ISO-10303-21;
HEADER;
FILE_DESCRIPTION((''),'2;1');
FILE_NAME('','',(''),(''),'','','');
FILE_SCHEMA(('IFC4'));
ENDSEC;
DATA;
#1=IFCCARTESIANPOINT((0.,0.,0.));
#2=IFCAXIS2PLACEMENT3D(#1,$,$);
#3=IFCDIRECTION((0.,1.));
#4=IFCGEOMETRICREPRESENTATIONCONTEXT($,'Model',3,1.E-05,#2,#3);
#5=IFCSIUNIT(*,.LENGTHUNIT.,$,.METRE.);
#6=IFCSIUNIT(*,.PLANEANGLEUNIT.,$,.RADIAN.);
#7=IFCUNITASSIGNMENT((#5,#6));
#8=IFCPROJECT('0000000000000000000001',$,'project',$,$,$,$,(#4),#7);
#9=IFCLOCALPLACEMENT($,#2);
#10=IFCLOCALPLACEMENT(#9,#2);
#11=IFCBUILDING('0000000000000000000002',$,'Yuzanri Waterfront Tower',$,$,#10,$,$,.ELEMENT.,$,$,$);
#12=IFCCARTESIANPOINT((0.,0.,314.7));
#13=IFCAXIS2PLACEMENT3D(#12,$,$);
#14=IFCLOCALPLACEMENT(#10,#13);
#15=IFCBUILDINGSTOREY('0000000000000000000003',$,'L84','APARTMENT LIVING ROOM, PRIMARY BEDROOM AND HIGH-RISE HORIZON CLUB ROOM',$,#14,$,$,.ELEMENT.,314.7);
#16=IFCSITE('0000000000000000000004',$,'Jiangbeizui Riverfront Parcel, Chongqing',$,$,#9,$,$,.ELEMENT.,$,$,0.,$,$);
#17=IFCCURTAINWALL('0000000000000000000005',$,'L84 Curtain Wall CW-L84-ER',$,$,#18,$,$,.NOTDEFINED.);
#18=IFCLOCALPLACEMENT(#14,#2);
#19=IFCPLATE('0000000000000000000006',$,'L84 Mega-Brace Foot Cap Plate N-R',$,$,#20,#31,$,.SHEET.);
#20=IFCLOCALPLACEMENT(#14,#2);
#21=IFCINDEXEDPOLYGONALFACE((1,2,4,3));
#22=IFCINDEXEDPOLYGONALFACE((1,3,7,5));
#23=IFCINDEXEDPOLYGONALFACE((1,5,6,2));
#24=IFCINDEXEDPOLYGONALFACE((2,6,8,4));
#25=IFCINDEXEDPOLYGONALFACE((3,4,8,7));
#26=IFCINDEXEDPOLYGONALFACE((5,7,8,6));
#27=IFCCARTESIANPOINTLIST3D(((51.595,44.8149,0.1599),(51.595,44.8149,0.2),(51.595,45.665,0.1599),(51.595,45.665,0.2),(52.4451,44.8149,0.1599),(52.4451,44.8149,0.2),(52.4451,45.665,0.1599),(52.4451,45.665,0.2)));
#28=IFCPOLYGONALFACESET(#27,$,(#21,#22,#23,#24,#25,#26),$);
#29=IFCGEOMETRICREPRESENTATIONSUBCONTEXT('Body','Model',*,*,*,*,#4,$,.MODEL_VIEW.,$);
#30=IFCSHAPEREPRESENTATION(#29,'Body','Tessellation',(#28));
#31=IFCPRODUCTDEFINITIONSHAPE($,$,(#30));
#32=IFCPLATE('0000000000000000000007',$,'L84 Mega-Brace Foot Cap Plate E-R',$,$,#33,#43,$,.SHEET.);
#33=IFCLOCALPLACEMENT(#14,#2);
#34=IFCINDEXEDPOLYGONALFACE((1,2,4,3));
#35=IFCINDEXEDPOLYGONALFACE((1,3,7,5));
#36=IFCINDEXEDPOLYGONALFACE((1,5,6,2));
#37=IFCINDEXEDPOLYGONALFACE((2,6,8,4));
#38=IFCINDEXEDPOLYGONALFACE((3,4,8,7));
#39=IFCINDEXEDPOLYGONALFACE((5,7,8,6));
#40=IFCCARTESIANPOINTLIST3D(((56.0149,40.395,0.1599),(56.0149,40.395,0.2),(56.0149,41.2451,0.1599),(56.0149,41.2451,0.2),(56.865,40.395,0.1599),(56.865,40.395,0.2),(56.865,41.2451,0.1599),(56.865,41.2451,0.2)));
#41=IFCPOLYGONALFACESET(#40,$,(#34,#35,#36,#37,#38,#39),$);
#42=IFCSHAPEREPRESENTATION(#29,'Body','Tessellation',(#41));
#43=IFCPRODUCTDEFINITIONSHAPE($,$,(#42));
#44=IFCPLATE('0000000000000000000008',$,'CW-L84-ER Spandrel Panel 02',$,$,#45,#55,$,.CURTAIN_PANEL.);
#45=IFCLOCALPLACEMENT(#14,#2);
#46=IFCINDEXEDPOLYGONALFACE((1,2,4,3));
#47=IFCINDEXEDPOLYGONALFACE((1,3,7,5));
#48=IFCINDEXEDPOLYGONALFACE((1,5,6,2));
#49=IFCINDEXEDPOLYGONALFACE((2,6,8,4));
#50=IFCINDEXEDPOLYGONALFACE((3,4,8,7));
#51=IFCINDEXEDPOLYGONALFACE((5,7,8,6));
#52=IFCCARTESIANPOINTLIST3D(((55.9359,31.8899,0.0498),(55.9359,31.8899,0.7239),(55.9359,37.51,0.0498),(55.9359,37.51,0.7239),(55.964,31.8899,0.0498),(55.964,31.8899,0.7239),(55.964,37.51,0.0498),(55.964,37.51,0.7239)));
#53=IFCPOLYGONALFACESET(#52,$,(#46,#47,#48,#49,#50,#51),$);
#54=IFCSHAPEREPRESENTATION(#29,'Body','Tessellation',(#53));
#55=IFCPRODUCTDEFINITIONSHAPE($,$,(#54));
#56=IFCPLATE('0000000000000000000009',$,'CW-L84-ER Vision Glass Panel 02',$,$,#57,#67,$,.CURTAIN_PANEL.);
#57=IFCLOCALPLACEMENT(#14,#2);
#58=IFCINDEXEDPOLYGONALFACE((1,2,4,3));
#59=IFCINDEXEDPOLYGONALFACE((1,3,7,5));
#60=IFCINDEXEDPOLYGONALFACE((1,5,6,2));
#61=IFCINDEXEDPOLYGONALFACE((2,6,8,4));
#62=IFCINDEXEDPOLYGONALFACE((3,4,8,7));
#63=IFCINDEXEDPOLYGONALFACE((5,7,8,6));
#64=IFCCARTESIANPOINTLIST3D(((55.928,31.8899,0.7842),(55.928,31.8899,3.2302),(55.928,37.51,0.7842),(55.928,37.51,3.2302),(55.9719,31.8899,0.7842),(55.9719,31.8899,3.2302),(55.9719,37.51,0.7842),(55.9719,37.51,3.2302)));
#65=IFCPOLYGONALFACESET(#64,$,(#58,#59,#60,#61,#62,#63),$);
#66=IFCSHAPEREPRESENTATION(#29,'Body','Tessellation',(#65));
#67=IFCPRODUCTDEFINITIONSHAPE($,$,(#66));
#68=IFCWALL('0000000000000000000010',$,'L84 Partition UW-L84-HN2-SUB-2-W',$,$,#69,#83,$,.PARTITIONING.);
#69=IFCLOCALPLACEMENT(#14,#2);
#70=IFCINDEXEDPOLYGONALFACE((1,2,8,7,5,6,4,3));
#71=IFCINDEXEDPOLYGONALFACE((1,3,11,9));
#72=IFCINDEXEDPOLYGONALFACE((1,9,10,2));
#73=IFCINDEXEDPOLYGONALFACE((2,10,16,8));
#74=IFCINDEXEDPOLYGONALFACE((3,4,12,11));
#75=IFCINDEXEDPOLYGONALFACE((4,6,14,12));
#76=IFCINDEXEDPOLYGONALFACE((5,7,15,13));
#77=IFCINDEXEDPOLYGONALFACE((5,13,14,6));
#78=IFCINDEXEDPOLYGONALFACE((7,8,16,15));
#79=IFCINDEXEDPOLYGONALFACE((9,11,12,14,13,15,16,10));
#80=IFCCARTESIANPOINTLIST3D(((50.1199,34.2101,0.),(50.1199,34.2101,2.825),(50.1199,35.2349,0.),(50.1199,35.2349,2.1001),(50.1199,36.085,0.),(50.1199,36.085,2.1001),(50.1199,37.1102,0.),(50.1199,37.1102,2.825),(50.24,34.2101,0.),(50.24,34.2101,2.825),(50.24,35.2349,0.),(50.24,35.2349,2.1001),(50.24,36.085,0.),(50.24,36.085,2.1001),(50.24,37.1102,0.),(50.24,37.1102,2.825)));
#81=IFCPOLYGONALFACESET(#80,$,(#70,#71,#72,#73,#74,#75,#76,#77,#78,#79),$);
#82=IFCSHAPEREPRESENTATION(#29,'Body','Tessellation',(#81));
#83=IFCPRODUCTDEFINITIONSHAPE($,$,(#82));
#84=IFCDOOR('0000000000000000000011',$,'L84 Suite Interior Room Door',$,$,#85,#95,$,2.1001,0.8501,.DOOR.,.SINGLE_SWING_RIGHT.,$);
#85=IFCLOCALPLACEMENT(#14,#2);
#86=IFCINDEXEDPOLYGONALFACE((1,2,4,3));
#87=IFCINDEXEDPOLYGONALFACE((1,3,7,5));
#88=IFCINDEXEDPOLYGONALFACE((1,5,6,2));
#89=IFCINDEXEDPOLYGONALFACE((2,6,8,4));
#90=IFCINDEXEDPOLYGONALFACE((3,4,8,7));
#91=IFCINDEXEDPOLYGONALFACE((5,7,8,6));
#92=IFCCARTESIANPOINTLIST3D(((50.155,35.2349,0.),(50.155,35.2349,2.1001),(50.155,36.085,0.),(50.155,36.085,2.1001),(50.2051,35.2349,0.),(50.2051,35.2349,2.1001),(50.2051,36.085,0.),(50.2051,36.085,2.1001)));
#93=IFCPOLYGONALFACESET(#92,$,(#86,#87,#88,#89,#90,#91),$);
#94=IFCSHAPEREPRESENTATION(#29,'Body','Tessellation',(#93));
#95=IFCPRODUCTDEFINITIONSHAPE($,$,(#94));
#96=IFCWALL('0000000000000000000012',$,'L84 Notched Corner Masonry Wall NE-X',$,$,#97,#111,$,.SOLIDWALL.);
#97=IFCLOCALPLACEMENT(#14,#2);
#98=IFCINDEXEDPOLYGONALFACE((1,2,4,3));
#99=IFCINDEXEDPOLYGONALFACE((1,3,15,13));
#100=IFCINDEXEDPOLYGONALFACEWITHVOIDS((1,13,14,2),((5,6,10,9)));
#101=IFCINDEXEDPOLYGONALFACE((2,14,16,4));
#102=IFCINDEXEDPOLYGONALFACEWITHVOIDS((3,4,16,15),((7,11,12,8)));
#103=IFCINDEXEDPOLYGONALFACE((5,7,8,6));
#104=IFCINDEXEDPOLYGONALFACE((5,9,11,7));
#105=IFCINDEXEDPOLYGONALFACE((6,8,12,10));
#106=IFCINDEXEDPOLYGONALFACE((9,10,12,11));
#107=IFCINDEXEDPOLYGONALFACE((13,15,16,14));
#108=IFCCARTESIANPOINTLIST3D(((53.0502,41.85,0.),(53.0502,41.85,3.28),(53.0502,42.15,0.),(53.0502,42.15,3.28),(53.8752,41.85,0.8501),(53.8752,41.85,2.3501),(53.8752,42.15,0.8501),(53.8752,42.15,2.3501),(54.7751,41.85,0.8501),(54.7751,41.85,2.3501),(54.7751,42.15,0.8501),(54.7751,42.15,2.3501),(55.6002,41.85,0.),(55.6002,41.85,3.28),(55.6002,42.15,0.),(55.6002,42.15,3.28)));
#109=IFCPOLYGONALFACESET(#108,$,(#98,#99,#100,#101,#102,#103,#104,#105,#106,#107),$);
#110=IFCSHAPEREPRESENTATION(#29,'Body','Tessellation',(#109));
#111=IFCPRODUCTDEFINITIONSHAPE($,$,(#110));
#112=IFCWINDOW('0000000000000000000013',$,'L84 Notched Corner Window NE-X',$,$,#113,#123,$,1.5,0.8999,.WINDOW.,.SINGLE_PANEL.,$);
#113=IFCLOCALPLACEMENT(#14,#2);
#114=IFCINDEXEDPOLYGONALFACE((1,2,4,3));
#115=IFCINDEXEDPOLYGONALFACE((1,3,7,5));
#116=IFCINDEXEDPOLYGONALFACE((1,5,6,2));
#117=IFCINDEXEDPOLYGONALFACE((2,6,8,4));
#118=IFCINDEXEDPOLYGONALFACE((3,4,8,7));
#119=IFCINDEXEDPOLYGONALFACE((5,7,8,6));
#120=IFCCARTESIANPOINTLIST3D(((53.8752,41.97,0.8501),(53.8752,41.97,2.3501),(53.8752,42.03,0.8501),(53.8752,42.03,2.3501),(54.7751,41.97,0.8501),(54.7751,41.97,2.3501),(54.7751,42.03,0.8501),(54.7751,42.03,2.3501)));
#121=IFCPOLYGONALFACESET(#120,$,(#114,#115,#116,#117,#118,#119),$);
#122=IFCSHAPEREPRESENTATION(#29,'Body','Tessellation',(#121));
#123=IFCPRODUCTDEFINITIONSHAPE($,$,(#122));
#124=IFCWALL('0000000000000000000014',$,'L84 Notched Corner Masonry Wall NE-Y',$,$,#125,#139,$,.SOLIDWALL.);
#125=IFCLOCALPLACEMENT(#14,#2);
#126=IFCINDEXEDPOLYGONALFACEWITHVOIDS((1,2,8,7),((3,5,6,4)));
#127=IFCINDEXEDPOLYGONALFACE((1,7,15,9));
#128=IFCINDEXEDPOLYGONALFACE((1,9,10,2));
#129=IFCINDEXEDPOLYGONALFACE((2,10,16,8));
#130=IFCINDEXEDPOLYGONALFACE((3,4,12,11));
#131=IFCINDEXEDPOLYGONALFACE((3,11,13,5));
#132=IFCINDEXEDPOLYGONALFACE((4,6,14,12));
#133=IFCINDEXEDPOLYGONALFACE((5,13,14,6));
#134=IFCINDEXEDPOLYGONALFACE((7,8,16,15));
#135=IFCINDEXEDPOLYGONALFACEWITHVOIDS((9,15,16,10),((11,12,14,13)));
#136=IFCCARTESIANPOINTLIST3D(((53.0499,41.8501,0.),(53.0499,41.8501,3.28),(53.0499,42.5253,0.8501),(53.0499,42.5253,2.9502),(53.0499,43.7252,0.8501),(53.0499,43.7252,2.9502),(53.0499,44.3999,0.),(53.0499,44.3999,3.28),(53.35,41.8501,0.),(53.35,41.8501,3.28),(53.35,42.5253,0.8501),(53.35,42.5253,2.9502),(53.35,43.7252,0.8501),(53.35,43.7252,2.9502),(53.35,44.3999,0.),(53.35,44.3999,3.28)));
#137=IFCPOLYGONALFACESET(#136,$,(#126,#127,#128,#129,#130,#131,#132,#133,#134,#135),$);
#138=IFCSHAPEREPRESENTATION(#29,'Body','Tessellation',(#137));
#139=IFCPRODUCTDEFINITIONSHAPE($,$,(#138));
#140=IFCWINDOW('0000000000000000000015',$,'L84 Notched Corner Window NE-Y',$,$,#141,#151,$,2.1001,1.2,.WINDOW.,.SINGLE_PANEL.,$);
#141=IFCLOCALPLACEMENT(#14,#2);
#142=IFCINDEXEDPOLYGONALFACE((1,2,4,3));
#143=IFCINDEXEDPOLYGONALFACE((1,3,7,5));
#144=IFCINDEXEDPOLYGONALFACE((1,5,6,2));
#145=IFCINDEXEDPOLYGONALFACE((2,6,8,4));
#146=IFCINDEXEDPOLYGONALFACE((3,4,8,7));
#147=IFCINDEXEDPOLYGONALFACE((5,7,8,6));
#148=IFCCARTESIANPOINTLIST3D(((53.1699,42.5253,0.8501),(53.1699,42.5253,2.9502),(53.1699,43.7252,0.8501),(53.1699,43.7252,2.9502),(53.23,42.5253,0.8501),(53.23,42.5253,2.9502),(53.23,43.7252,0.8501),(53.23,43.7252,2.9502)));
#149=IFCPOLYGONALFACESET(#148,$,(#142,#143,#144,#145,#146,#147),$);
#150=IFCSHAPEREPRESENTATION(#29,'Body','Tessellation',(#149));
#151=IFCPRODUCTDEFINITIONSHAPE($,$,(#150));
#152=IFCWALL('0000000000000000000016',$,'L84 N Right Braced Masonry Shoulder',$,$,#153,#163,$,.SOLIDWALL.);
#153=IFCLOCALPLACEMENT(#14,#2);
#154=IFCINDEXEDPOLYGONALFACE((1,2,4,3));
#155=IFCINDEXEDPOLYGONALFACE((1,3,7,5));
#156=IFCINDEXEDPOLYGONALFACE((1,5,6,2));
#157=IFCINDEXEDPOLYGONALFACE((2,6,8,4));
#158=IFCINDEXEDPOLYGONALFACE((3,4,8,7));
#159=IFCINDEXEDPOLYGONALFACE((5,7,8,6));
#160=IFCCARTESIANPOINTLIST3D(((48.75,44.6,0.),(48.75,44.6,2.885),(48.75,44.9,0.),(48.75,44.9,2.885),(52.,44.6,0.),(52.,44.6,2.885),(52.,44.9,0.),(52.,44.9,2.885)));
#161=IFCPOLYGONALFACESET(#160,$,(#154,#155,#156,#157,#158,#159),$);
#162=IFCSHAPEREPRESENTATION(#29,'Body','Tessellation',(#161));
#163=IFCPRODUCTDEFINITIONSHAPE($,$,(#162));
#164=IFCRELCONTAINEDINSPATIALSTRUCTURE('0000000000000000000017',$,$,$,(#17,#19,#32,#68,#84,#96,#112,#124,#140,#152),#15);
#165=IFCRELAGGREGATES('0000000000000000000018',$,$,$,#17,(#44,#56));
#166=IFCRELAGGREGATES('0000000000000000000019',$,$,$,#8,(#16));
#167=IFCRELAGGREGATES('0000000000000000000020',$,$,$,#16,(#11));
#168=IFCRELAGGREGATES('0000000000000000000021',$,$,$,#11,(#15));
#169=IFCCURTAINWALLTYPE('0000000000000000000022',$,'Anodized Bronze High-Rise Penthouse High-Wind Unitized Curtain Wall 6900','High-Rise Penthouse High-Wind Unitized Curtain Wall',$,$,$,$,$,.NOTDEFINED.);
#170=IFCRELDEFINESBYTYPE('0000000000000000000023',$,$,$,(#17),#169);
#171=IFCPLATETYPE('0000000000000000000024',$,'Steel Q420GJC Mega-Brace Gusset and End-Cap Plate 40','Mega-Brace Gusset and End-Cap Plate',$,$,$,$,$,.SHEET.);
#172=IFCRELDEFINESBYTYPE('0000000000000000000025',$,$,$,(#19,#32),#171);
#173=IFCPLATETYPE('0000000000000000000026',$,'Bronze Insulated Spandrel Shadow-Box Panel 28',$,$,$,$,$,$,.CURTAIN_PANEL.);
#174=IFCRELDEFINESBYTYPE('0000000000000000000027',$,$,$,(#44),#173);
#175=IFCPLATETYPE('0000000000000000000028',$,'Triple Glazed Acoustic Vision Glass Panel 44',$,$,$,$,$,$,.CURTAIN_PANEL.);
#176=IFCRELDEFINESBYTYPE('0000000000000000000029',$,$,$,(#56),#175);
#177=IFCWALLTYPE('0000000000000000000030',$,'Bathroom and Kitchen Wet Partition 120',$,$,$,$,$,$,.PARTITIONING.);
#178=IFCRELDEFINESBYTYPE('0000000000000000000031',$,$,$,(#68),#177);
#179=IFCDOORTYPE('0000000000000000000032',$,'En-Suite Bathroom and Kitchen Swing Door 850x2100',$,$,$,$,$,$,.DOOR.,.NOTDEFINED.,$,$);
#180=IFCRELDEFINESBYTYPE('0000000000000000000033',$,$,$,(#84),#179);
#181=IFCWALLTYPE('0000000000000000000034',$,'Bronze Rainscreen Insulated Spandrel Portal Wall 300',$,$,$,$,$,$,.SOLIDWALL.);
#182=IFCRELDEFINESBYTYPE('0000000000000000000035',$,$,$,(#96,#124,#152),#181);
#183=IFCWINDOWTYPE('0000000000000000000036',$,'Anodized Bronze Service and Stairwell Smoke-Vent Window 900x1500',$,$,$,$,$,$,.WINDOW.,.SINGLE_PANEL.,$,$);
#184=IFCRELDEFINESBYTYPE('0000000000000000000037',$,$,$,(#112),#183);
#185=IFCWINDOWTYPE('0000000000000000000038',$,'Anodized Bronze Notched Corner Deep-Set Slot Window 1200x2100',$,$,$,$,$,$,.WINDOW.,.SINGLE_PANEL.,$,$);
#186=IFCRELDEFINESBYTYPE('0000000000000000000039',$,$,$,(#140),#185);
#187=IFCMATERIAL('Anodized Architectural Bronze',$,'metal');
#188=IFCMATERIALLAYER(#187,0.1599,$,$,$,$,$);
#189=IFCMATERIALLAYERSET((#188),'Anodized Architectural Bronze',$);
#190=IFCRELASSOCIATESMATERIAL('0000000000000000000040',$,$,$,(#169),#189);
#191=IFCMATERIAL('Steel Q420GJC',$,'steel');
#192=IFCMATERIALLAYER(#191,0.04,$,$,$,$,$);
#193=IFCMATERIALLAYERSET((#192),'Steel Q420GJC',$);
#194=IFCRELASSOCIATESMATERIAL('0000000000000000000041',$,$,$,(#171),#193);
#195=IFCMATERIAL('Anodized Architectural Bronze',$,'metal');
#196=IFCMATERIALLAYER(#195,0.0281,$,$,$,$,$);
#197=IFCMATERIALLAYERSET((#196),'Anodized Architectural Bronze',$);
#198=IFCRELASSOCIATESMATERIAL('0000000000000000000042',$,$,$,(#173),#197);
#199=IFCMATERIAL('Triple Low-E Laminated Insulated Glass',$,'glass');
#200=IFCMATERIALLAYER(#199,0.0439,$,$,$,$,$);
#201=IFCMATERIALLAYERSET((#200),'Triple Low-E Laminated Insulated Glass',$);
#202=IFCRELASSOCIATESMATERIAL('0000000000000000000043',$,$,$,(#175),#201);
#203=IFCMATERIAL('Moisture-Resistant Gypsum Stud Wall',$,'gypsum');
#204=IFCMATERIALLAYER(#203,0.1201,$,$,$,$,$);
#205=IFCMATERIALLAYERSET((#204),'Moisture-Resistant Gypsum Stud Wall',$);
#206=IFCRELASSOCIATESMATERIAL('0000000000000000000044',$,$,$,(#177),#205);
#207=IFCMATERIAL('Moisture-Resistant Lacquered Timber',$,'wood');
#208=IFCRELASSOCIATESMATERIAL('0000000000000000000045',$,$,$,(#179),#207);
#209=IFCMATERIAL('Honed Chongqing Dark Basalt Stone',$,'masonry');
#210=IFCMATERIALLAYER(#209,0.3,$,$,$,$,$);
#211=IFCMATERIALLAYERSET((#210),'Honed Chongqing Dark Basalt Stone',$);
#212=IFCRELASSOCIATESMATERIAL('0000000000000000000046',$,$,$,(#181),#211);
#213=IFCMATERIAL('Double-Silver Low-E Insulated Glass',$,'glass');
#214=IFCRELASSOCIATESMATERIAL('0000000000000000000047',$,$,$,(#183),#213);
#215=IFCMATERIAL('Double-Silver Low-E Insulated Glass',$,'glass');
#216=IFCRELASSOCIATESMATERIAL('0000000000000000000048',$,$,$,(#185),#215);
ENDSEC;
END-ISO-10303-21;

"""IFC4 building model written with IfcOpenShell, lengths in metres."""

from ifc_helpers import new_model, si_unit, direction, frame, frame_2d, origin, origin_2d, place, context, subcontext, project, spatial, rectangle, extrude, source, transform, mapped, material, layer, layer_set, type_object, element, fill, aggregate, save


model = new_model("IFC4")

# Units and contexts
model_context = context("Model", 3, precision=1e-05, world=origin(), true_north=direction((0.0, 1.0)))
body_context = subcontext(model_context, "Body", "Model", "MODEL_VIEW")
ifc_project = project(units=[si_unit("LENGTHUNIT", "METRE"), si_unit("PLANEANGLEUNIT", "RADIAN")], contexts=[model_context])

# Site, building, storey
site_placement = place(None, origin())
site = spatial("IfcSite", under=ifc_project, at=site_placement, Name="Jiangbeizui Riverfront Parcel, Chongqing", CompositionType="ELEMENT", RefElevation=0.0)
building_placement = place(site_placement, origin())
building = spatial("IfcBuilding", under=site, at=building_placement, Name="Yuzanri Waterfront Tower", CompositionType="ELEMENT")
storey_placement = place(building_placement, frame((0.0, 0.0, 314.7)))
storey = spatial("IfcBuildingStorey", under=building, at=storey_placement, Name="L84", Description="APARTMENT LIVING ROOM, PRIMARY BEDROOM AND HIGH-RISE HORIZON CLUB ROOM", CompositionType="ELEMENT", Elevation=314.7)

# Curtain wall
ifc_material_1 = material(Name="Anodized Architectural Bronze", Category="metal")
ifc_layer_1 = layer(ifc_material_1, 0.1599)
ifc_layer_set_1 = layer_set([ifc_layer_1], Name="Anodized Architectural Bronze")
curtain_wall_type = type_object("IfcCurtainWallType", Name="Anodized Bronze High-Rise Penthouse High-Wind Unitized Curtain Wall 6900", Description="High-Rise Penthouse High-Wind Unitized Curtain Wall", PredefinedType="NOTDEFINED", material=ifc_layer_set_1)
curtain_wall_1_placement = place(storey_placement, origin())
curtain_wall_1 = element("IfcCurtainWall", 1, at=curtain_wall_1_placement, inside=storey, type_object=curtain_wall_type, Name="L84 Curtain Wall CW-L84-ER", PredefinedType="NOTDEFINED")

# Plates
ifc_material_2 = material(Name="Steel Q420GJC", Category="steel")
ifc_layer_2 = layer(ifc_material_2, 0.04)
ifc_layer_set_2 = layer_set([ifc_layer_2], Name="Steel Q420GJC")
plate_type_1 = type_object("IfcPlateType", Name="Steel Q420GJC Mega-Brace Gusset and End-Cap Plate 40", Description="Mega-Brace Gusset and End-Cap Plate", PredefinedType="SHEET", material=ifc_layer_set_2)
shared_shape_1 = source(origin(), body_context, "Body", "SweptSolid", [
    extrude(rectangle(XDim=0.8501, YDim=0.8501, at=origin_2d()), origin(), (0.0, 0.0, 1.0), 0.04),
])
for number, where, z_axis, x_axis, name in (
    (2, (52.02, 45.24, 0.1599), (0.0, 0.0, 1.0), (1.0, 0.0, 0.0), "L84 Mega-Brace Foot Cap Plate N-R"),
    (3, (56.4399, 40.8201, 0.1599), (0.0, 0.0, 1.0), (1.0, 0.0, 0.0), "L84 Mega-Brace Foot Cap Plate E-R"),
):
    element("IfcPlate", number, at=place(storey_placement, frame(where, z_axis=z_axis, x_axis=x_axis)), inside=storey, type_object=plate_type_1, Name=name, PredefinedType="SHEET", context=body_context, shape_type="MappedRepresentation", body=[
        mapped(shared_shape_1, transform((0.0, 0.0, 0.0), scale=1.0)),
    ])

# Plates
ifc_material_3 = material(Name="Anodized Architectural Bronze", Category="metal")
ifc_layer_3 = layer(ifc_material_3, 0.0281)
ifc_layer_set_3 = layer_set([ifc_layer_3], Name="Anodized Architectural Bronze")
plate_type_2 = type_object("IfcPlateType", Name="Bronze Insulated Spandrel Shadow-Box Panel 28", PredefinedType="CURTAIN_PANEL", material=ifc_layer_set_3)
shared_shape_2 = source(origin(), body_context, "Body", "SweptSolid", [
    extrude(rectangle(XDim=5.6201, YDim=0.0281, at=origin_2d()), origin(), (0.0, 0.0, 1.0), 0.6741),
])
plate_1_placement = place(storey_placement, frame((55.95, 34.7, 0.0498), z_axis=(0.0, 0.0, 1.0), x_axis=(0.0, 1.0, 0.0)))
plate_1 = element("IfcPlate", 4, at=plate_1_placement, type_object=plate_type_2, Name="CW-L84-ER Spandrel Panel 02", PredefinedType="CURTAIN_PANEL", context=body_context, shape_type="MappedRepresentation", body=[
    mapped(shared_shape_2, transform((0.0, 0.0, 0.0), scale=1.0)),
])
ifc_material_4 = material(Name="Triple Low-E Laminated Insulated Glass", Category="glass")
ifc_layer_4 = layer(ifc_material_4, 0.0439)
ifc_layer_set_4 = layer_set([ifc_layer_4], Name="Triple Low-E Laminated Insulated Glass")
plate_type_3 = type_object("IfcPlateType", Name="Triple Glazed Acoustic Vision Glass Panel 44", PredefinedType="CURTAIN_PANEL", material=ifc_layer_set_4)
shared_shape_3 = source(origin(), body_context, "Body", "SweptSolid", [
    extrude(rectangle(XDim=5.6201, YDim=0.0439, at=origin_2d()), origin(), (0.0, 0.0, 1.0), 2.446),
])
plate_2_placement = place(storey_placement, frame((55.95, 34.7, 0.7842), z_axis=(0.0, 0.0, 1.0), x_axis=(0.0, 1.0, 0.0)))
plate_2 = element("IfcPlate", 5, at=plate_2_placement, type_object=plate_type_3, Name="CW-L84-ER Vision Glass Panel 02", PredefinedType="CURTAIN_PANEL", context=body_context, shape_type="MappedRepresentation", body=[
    mapped(shared_shape_3, transform((0.0, 0.0, 0.0), scale=1.0)),
])
aggregate(curtain_wall_1, [plate_1, plate_2])

# Wall, opening, door
ifc_material_5 = material(Name="Moisture-Resistant Gypsum Stud Wall", Category="gypsum")
ifc_layer_5 = layer(ifc_material_5, 0.1201)
ifc_layer_set_5 = layer_set([ifc_layer_5], Name="Moisture-Resistant Gypsum Stud Wall")
wall_type_1 = type_object("IfcWallType", Name="Bathroom and Kitchen Wet Partition 120", PredefinedType="PARTITIONING", material=ifc_layer_set_5)
wall_1_placement = place(storey_placement, frame((50.1799, 34.21, 0.0), z_axis=(0.0, 0.0, 1.0), x_axis=(0.0, 1.0, 0.0)))
wall_1 = element("IfcWall", 6, at=wall_1_placement, inside=storey, type_object=wall_type_1, Name="L84 Partition UW-L84-HN2-SUB-2-W", PredefinedType="PARTITIONING", context=body_context, shape_type="SweptSolid", body=[
    extrude(rectangle(XDim=2.9001, YDim=0.1201, at=frame_2d((1.4502, 0.0))), origin(), (0.0, 0.0, 1.0), 2.825),
])
opening_1_placement = place(wall_1_placement, frame((1.0249, 0.0, 0.0)))
opening_1 = element("IfcOpeningElement", 7, at=opening_1_placement, cuts=wall_1, PredefinedType="OPENING", context=body_context, shape_type="SweptSolid", body=[
    extrude(rectangle(XDim=0.8501, YDim=2.1001, at=frame_2d((0.425, 1.05))), frame((0.0, 0.075, 0.0), z_axis=(0.0, -1.0, 0.0), x_axis=(1.0, 0.0, 0.0)), (0.0, 0.0, 1.0), 0.1499),
])
ifc_material_6 = material(Name="Moisture-Resistant Lacquered Timber", Category="wood")
door_type = type_object("IfcDoorType", Name="En-Suite Bathroom and Kitchen Swing Door 850x2100", OperationType="NOTDEFINED", PredefinedType="DOOR", material=ifc_material_6)
shared_shape_4 = source(origin(), body_context, "Body", "SweptSolid", [
    extrude(rectangle(XDim=0.8501, YDim=2.1001, at=frame_2d((0.425, 1.05))), frame((0.0, 0.0249, 0.0), z_axis=(0.0, -1.0, 0.0), x_axis=(1.0, 0.0, 0.0)), (0.0, 0.0, 1.0), 0.05),
])
door_placement = place(opening_1_placement, origin())
door = element("IfcDoor", 8, at=door_placement, inside=storey, type_object=door_type, Name="L84 Suite Interior Room Door", OperationType="SINGLE_SWING_RIGHT", OverallHeight=2.1001, OverallWidth=0.8501, PredefinedType="DOOR", context=body_context, shape_type="MappedRepresentation", body=[
    mapped(shared_shape_4, transform((0.0, 0.0, 0.0), scale=1.0)),
])
fill(opening_1, door)

# Walls, openings, windows
ifc_material_7 = material(Name="Honed Chongqing Dark Basalt Stone", Category="masonry")
ifc_layer_6 = layer(ifc_material_7, 0.3)
ifc_layer_set_6 = layer_set([ifc_layer_6], Name="Honed Chongqing Dark Basalt Stone")
wall_type_2 = type_object("IfcWallType", Name="Bronze Rainscreen Insulated Spandrel Portal Wall 300", PredefinedType="SOLIDWALL", material=ifc_layer_set_6)
wall_2_placement = place(storey_placement, frame((55.6001, 42.0, 0.0), z_axis=(0.0, 0.0, 1.0), x_axis=(-1.0, 0.0, 0.0)))
wall_2 = element("IfcWall", 9, at=wall_2_placement, inside=storey, type_object=wall_type_2, Name="L84 Notched Corner Masonry Wall NE-X", PredefinedType="SOLIDWALL", context=body_context, shape_type="SweptSolid", body=[
    extrude(rectangle(XDim=2.55, YDim=0.3, at=frame_2d((1.2749, 0.0))), origin(), (0.0, 0.0, 1.0), 3.28),
])
opening_2_placement = place(wall_2_placement, frame((0.825, 0.0, 0.8501)))
opening_2 = element("IfcOpeningElement", 10, at=opening_2_placement, cuts=wall_2, PredefinedType="OPENING", context=body_context, shape_type="SweptSolid", body=[
    extrude(rectangle(XDim=0.8999, YDim=1.5, at=frame_2d((0.45, 0.75))), frame((0.0, 0.165, 0.0), z_axis=(0.0, -1.0, 0.0), x_axis=(1.0, 0.0, 0.0)), (0.0, 0.0, 1.0), 0.3298),
])
ifc_material_8 = material(Name="Double-Silver Low-E Insulated Glass", Category="glass")
window_type_1 = type_object("IfcWindowType", Name="Anodized Bronze Service and Stairwell Smoke-Vent Window 900x1500", PartitioningType="SINGLE_PANEL", PredefinedType="WINDOW", material=ifc_material_8)
shared_shape_5 = source(origin(), body_context, "Body", "SweptSolid", [
    extrude(rectangle(XDim=0.8999, YDim=1.5, at=frame_2d((0.45, 0.75))), frame((0.0, 0.03, 0.0), z_axis=(0.0, -1.0, 0.0), x_axis=(1.0, 0.0, 0.0)), (0.0, 0.0, 1.0), 0.0601),
])
window_1_placement = place(opening_2_placement, origin())
window_1 = element("IfcWindow", 11, at=window_1_placement, inside=storey, type_object=window_type_1, Name="L84 Notched Corner Window NE-X", OverallHeight=1.5, OverallWidth=0.8999, PartitioningType="SINGLE_PANEL", PredefinedType="WINDOW", context=body_context, shape_type="MappedRepresentation", body=[
    mapped(shared_shape_5, transform((0.0, 0.0, 0.0), scale=1.0)),
])
fill(opening_2, window_1)
wall_3_placement = place(storey_placement, frame((53.2, 41.8501, 0.0), z_axis=(0.0, 0.0, 1.0), x_axis=(0.0, 1.0, 0.0)))
wall_3 = element("IfcWall", 12, at=wall_3_placement, inside=storey, type_object=wall_type_2, Name="L84 Notched Corner Masonry Wall NE-Y", PredefinedType="SOLIDWALL", context=body_context, shape_type="SweptSolid", body=[
    extrude(rectangle(XDim=2.5498, YDim=0.3, at=frame_2d((1.2749, 0.0))), origin(), (0.0, 0.0, 1.0), 3.28),
])
opening_3_placement = place(wall_3_placement, frame((0.675, 0.0, 0.8501)))
opening_3 = element("IfcOpeningElement", 13, at=opening_3_placement, cuts=wall_3, PredefinedType="OPENING", context=body_context, shape_type="SweptSolid", body=[
    extrude(rectangle(XDim=1.2, YDim=2.1001, at=frame_2d((0.6001, 1.05))), frame((0.0, 0.165, 0.0), z_axis=(0.0, -1.0, 0.0), x_axis=(1.0, 0.0, 0.0)), (0.0, 0.0, 1.0), 0.3298),
])
ifc_material_9 = material(Name="Double-Silver Low-E Insulated Glass", Category="glass")
window_type_2 = type_object("IfcWindowType", Name="Anodized Bronze Notched Corner Deep-Set Slot Window 1200x2100", PartitioningType="SINGLE_PANEL", PredefinedType="WINDOW", material=ifc_material_9)
shared_shape_6 = source(origin(), body_context, "Body", "SweptSolid", [
    extrude(rectangle(XDim=1.2, YDim=2.1001, at=frame_2d((0.6001, 1.05))), frame((0.0, 0.03, 0.0), z_axis=(0.0, -1.0, 0.0), x_axis=(1.0, 0.0, 0.0)), (0.0, 0.0, 1.0), 0.0601),
])
window_2_placement = place(opening_3_placement, origin())
window_2 = element("IfcWindow", 14, at=window_2_placement, inside=storey, type_object=window_type_2, Name="L84 Notched Corner Window NE-Y", OverallHeight=2.1001, OverallWidth=1.2, PartitioningType="SINGLE_PANEL", PredefinedType="WINDOW", context=body_context, shape_type="MappedRepresentation", body=[
    mapped(shared_shape_6, transform((0.0, 0.0, 0.0), scale=1.0)),
])
fill(opening_3, window_2)

# Wall
shared_shape_7 = source(origin(), body_context, "Body", "SweptSolid", [
    extrude(rectangle(XDim=3.25, YDim=0.3, at=frame_2d((1.625, 0.0))), origin(), (0.0, 0.0, 1.0), 2.885),
])
for number, where, z_axis, x_axis, name in (
    (15, (48.75, 44.75, 0.0), (0.0, 0.0, 1.0), (1.0, 0.0, 0.0), "L84 N Right Braced Masonry Shoulder"),
):
    element("IfcWall", number, at=place(storey_placement, frame(where, z_axis=z_axis, x_axis=x_axis)), inside=storey, type_object=wall_type_2, Name=name, PredefinedType="SOLIDWALL", context=body_context, shape_type="MappedRepresentation", body=[
        mapped(shared_shape_7, transform((0.0, 0.0, 0.0), scale=1.0)),
    ])

save(model, "model.ifc")
